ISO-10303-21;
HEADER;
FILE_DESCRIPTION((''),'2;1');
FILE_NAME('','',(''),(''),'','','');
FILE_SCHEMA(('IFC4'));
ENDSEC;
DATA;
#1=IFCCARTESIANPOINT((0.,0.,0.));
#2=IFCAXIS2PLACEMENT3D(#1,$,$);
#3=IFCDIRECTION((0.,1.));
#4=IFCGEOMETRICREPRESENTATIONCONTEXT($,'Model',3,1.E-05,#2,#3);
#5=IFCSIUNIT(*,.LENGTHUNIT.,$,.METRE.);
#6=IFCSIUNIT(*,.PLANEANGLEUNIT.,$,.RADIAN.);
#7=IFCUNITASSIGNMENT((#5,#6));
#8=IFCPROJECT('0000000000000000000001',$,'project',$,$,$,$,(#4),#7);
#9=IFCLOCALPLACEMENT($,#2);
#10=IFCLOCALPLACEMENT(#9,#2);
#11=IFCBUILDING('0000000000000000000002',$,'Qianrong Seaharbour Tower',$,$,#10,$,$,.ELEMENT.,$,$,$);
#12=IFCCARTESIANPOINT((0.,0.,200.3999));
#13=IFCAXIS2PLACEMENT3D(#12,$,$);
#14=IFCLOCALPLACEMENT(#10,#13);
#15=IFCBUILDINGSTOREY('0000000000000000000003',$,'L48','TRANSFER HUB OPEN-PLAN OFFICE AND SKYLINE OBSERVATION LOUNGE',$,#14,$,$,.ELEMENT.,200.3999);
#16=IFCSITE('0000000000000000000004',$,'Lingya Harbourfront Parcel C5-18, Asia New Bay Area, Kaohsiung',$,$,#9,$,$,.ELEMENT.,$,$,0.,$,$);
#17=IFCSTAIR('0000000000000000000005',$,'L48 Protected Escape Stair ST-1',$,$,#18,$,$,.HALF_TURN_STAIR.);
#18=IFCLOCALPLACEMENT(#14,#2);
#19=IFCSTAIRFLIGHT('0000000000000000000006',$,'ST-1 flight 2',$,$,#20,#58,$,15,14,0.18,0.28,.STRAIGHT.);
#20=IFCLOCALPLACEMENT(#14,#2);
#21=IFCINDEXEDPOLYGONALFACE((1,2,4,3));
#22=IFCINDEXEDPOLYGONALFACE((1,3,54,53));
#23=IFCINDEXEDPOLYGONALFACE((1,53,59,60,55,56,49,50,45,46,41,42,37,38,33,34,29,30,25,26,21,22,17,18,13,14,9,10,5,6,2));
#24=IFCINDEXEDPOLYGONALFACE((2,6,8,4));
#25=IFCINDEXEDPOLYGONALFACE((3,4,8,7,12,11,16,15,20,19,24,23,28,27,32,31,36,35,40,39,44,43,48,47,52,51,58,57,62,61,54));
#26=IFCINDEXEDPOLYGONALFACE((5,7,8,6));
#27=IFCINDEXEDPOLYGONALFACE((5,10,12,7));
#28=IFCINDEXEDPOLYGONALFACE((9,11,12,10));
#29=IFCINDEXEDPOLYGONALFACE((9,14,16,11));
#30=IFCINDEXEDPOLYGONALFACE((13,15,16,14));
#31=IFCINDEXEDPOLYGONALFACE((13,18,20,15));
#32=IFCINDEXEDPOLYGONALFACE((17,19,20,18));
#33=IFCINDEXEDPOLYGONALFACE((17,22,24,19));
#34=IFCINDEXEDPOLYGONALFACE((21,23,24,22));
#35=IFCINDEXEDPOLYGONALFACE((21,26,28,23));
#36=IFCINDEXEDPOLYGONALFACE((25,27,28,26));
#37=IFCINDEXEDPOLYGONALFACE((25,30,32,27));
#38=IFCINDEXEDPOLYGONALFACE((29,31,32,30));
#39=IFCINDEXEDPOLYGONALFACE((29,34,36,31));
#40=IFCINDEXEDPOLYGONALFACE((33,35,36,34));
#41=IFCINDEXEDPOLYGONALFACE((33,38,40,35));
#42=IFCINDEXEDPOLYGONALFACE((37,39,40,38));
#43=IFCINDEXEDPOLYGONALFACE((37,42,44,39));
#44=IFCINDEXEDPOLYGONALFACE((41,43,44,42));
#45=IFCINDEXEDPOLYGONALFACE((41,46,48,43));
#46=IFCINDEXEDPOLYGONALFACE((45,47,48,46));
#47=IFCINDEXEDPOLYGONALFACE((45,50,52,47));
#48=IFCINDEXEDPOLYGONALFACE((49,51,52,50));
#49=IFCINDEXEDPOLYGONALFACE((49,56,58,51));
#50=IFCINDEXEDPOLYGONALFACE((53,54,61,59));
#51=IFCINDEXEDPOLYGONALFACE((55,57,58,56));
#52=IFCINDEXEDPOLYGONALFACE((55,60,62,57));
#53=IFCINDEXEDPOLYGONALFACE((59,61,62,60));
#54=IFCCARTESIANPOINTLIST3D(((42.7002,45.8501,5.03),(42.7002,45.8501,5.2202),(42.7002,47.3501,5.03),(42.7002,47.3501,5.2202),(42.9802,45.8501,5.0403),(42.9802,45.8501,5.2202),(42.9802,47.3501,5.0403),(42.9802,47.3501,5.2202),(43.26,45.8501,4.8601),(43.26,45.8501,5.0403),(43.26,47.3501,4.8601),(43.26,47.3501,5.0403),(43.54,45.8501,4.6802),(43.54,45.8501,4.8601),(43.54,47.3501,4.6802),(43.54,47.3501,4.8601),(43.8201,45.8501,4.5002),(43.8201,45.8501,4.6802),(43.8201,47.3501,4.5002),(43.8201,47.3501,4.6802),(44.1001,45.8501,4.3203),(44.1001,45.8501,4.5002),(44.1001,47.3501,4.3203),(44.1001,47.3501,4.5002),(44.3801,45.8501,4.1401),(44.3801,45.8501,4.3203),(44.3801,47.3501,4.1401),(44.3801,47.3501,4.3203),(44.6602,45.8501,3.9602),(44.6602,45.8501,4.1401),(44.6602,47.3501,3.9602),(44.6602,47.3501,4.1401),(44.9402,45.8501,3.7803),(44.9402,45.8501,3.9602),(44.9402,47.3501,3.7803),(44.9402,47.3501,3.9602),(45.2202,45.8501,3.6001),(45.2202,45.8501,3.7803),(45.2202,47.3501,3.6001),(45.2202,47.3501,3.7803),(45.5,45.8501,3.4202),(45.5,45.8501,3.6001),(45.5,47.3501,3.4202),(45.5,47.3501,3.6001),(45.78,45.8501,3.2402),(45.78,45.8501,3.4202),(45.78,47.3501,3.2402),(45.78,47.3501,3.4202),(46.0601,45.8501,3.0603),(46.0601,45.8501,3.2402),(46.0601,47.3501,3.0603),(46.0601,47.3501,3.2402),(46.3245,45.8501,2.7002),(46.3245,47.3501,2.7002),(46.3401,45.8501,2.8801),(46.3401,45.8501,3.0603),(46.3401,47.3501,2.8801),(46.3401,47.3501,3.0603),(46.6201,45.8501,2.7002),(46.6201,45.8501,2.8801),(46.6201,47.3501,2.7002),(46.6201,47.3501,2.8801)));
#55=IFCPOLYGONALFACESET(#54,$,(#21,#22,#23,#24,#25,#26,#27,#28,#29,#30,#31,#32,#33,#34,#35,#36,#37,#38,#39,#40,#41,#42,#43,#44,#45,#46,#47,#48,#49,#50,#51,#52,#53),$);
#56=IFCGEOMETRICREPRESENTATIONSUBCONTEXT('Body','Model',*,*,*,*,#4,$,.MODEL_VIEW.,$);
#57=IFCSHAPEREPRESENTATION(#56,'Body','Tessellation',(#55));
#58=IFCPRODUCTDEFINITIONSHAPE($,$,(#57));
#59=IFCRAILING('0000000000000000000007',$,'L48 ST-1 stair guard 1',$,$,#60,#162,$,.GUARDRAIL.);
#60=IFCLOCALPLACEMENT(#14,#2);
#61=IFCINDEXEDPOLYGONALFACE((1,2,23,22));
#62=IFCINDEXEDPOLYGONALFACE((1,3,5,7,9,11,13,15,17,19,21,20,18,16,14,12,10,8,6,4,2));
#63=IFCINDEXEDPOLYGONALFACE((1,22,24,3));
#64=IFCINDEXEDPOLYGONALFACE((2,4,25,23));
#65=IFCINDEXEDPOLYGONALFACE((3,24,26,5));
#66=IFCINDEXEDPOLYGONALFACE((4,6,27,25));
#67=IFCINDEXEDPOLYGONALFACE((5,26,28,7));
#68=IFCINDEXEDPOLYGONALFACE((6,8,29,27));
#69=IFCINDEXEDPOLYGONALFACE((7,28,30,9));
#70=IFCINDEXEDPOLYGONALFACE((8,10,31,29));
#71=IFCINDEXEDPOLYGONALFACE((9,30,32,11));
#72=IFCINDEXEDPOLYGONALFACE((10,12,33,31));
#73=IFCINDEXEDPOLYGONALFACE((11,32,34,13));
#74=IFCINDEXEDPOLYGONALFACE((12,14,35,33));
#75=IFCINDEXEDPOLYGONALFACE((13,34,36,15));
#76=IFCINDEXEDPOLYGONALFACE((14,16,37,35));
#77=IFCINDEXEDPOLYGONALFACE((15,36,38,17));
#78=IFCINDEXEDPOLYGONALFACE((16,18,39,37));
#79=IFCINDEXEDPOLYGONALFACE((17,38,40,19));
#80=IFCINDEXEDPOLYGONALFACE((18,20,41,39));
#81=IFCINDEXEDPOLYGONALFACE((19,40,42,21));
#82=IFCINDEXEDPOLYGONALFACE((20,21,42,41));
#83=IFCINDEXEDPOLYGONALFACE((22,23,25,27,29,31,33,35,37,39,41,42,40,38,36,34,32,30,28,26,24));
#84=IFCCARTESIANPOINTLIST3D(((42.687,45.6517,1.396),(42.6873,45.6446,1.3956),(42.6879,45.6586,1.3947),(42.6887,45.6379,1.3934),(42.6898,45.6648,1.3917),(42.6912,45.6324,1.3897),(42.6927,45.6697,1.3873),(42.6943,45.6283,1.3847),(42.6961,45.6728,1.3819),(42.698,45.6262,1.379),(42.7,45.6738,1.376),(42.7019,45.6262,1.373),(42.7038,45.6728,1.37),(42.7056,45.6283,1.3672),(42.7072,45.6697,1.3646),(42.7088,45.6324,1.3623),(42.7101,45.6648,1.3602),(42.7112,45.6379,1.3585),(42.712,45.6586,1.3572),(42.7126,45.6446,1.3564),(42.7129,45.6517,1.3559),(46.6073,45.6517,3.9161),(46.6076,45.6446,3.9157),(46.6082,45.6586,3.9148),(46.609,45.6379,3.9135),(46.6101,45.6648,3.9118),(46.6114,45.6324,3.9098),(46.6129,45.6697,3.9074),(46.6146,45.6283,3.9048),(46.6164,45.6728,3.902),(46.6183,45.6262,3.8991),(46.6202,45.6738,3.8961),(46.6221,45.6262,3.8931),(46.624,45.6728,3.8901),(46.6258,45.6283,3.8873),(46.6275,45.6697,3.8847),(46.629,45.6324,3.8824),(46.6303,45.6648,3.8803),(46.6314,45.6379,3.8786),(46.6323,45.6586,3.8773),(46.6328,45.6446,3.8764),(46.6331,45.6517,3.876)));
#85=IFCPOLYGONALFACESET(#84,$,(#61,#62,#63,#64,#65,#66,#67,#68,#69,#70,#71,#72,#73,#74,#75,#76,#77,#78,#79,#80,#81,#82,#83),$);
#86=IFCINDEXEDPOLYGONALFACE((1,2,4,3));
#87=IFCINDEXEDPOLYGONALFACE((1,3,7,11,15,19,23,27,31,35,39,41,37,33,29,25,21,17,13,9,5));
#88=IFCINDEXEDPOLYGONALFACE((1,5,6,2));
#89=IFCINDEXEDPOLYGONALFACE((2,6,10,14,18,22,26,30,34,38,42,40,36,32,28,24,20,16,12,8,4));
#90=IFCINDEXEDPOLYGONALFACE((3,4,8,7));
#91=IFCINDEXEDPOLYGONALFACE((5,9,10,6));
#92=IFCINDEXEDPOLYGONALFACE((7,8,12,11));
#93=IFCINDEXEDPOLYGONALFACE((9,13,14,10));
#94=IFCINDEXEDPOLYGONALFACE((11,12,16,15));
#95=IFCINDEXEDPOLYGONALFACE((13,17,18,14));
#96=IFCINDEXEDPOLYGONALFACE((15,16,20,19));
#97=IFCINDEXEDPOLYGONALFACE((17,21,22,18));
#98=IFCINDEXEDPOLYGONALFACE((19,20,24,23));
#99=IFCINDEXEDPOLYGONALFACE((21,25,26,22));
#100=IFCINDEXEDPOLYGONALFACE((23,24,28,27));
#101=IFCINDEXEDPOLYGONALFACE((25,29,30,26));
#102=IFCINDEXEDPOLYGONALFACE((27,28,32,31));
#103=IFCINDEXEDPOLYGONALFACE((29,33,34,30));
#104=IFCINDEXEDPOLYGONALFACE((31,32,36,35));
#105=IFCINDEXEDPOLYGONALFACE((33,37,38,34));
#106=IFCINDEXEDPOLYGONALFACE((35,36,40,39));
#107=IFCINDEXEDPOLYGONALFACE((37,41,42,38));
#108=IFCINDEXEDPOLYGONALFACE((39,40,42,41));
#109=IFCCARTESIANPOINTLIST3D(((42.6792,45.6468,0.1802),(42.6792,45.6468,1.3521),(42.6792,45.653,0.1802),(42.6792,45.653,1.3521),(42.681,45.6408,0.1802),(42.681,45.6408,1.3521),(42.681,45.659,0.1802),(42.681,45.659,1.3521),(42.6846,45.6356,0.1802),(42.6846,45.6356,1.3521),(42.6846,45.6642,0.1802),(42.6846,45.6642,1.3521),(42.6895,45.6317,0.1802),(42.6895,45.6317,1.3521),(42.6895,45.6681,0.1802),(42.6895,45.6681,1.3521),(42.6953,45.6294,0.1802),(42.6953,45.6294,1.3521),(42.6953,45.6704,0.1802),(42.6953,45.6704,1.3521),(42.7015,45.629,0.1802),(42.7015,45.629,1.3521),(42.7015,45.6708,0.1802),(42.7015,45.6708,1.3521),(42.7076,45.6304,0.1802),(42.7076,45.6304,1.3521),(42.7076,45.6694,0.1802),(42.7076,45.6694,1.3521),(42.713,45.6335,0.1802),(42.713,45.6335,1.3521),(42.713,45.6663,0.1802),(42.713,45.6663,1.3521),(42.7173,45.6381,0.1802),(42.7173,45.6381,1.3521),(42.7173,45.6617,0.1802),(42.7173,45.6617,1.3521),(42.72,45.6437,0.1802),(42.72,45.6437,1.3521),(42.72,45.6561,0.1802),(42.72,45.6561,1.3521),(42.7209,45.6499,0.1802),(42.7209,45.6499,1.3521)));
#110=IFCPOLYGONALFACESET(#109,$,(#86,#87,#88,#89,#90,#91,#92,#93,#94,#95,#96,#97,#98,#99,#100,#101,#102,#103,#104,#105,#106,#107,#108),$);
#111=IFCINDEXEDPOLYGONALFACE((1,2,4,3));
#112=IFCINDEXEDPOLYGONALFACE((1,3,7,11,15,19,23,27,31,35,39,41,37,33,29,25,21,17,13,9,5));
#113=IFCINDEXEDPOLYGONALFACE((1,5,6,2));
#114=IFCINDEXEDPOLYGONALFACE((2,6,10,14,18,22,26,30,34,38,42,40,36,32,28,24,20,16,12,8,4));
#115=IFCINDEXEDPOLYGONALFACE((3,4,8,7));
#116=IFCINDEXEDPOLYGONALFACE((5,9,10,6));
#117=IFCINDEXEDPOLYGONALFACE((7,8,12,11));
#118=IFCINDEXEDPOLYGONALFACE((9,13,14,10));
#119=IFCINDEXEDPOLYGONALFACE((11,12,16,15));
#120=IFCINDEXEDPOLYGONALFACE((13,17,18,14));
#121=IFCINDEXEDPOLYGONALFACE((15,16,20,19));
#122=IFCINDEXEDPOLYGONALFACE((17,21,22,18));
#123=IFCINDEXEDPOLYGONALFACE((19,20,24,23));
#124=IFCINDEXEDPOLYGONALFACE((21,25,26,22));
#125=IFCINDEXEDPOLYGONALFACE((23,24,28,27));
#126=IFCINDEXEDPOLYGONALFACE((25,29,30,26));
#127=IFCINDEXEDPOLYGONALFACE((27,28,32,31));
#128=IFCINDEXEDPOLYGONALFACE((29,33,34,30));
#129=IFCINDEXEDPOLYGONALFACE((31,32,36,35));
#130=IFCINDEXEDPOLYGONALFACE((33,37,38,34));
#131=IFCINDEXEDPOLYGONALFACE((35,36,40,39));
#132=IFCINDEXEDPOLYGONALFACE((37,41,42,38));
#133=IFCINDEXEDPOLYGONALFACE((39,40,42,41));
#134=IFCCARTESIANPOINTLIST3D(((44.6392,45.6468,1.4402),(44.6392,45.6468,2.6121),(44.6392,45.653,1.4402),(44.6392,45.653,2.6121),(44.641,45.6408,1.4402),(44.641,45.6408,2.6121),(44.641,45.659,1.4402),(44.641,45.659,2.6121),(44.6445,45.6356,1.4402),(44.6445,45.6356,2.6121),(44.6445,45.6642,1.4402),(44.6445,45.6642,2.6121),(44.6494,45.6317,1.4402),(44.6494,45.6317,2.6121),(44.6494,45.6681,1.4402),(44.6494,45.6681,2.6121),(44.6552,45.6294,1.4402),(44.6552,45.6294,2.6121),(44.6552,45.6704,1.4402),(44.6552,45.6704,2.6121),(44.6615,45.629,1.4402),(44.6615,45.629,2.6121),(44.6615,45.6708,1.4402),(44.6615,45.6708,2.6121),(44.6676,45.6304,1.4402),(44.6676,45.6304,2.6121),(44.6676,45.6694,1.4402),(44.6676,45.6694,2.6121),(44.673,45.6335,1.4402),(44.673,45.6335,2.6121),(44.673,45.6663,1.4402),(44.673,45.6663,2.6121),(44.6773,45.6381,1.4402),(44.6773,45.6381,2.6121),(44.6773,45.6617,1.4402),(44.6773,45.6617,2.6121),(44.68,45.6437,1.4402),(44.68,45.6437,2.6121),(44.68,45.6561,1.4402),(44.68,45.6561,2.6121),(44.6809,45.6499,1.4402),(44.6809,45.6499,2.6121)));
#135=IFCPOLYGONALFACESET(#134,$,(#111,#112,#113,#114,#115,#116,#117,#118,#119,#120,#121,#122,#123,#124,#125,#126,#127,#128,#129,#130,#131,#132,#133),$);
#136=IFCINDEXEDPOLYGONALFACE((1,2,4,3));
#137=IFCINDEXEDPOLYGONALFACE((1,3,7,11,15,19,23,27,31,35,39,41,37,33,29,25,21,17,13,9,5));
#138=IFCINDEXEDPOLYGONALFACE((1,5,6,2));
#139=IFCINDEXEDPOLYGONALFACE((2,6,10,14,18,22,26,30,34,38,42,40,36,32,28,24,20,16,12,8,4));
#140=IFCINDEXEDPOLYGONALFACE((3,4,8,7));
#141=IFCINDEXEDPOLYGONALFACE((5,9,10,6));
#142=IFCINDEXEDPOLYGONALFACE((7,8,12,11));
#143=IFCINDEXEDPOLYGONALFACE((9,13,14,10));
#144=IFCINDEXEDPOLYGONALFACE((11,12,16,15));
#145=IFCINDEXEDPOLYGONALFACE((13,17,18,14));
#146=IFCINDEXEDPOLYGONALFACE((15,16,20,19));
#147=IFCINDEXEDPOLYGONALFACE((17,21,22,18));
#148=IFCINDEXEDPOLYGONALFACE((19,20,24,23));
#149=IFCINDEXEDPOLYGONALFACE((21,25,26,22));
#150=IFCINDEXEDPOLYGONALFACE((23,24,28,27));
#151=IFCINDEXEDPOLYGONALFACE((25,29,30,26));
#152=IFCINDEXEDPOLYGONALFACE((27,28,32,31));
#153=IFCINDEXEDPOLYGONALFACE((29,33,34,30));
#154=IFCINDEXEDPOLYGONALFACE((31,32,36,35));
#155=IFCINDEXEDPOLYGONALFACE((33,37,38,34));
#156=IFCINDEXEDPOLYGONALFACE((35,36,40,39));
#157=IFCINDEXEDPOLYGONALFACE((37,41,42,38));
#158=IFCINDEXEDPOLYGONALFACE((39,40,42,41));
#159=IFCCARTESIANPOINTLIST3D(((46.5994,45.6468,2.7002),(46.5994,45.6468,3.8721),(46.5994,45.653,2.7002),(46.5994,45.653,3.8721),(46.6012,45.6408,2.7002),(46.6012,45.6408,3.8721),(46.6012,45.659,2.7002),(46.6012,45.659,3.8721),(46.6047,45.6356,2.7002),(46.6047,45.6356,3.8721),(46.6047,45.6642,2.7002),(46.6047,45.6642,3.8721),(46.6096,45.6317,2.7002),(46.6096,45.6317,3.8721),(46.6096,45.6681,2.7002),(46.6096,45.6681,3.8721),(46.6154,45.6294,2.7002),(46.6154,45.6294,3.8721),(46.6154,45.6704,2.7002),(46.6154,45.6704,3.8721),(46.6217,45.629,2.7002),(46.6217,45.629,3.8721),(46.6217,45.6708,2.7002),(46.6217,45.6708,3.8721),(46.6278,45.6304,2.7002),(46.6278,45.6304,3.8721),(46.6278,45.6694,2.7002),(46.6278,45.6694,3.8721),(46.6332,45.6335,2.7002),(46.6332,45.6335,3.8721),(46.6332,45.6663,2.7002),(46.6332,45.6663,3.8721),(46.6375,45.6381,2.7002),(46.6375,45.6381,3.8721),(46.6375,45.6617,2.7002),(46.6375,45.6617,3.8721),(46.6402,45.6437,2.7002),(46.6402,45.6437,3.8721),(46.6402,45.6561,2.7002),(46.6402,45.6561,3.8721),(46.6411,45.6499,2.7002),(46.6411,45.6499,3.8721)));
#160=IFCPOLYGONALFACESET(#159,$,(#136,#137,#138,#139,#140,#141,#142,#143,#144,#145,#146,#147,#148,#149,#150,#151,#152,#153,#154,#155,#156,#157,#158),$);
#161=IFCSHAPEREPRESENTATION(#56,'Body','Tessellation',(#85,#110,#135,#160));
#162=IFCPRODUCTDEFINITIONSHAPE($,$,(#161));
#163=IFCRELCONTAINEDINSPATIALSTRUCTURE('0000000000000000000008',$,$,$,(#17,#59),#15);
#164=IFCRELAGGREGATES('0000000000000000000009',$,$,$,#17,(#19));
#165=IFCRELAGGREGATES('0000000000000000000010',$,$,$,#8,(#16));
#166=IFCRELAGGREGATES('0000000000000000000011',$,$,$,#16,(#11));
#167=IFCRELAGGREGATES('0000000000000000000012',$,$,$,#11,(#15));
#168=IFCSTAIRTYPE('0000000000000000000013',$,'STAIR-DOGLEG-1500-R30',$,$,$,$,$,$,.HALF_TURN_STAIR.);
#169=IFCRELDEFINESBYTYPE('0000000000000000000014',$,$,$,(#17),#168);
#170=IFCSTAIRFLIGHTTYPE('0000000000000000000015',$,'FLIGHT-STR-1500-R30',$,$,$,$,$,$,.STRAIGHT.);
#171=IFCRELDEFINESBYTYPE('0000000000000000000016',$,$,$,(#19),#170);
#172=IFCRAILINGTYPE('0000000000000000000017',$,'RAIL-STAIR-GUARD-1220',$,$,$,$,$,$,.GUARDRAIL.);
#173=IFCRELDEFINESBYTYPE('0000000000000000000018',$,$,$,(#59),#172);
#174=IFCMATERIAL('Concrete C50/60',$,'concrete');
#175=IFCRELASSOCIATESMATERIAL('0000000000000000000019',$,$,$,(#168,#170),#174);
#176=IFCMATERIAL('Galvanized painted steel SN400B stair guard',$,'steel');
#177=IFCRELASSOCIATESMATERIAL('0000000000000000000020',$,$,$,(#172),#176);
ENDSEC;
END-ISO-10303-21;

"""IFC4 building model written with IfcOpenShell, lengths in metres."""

from ifc_helpers import new_model, si_unit, direction, frame, origin, origin_2d, place, context, subcontext, project, spatial, polyline, circle, outline, extrude, material, type_object, element, aggregate, save


model = new_model("IFC4")

# Units and contexts
model_context = context("Model", 3, precision=1e-05, world=origin(), true_north=direction((0.0, 1.0)))
body_context = subcontext(model_context, "Body", "Model", "MODEL_VIEW")
ifc_project = project(units=[si_unit("LENGTHUNIT", "METRE"), si_unit("PLANEANGLEUNIT", "RADIAN")], contexts=[model_context])

# Site, building, storey
site_placement = place(None, origin())
site = spatial("IfcSite", under=ifc_project, at=site_placement, Name="Lingya Harbourfront Parcel C5-18, Asia New Bay Area, Kaohsiung", CompositionType="ELEMENT", RefElevation=0.0)
building_placement = place(site_placement, origin())
building = spatial("IfcBuilding", under=site, at=building_placement, Name="Qianrong Seaharbour Tower", CompositionType="ELEMENT")
storey_placement = place(building_placement, frame((0.0, 0.0, 200.3999)))
storey = spatial("IfcBuildingStorey", under=building, at=storey_placement, Name="L48", Description="TRANSFER HUB OPEN-PLAN OFFICE AND SKYLINE OBSERVATION LOUNGE", CompositionType="ELEMENT", Elevation=200.3999)

# Shared definitions
ifc_material_1 = material(Name="Concrete C50/60", Category="concrete")

# Stair, stair flight
stair_type = type_object("IfcStairType", Name="STAIR-DOGLEG-1500-R30", PredefinedType="HALF_TURN_STAIR", material=ifc_material_1)
stair_placement = place(storey_placement, origin())
stair = element("IfcStair", 1, at=stair_placement, inside=storey, type_object=stair_type, Name="L48 Protected Escape Stair ST-1", PredefinedType="HALF_TURN_STAIR")
stair_flight_type = type_object("IfcStairFlightType", Name="FLIGHT-STR-1500-R30", PredefinedType="STRAIGHT", material=ifc_material_1)
stair_flight_1_placement = place(storey_placement, frame((46.6201, 46.6001, 2.7002), z_axis=(0.0, 0.0, 1.0), x_axis=(-1.0, 0.0, 0.0)))
stair_flight_1 = element("IfcStairFlight", 2, at=stair_flight_1_placement, type_object=stair_flight_type, Name="ST-1 flight 2", NumberOfRisers=15, NumberOfTreads=14, PredefinedType="STRAIGHT", RiserHeight=0.18, TreadLength=0.28, context=body_context, shape_type="SweptSolid", body=[
    extrude(outline(polyline([(0.0, 0.0), (0.0, 0.1799), (0.28, 0.1799), (0.28, 0.3601), (0.5601, 0.3601), (0.5601, 0.54), (0.8401, 0.54), (0.8401, 0.72), (1.1201, 0.72), (1.1201, 0.8999), (1.3999, 0.8999), (1.3999, 1.0801), (1.6799, 1.0801), (1.6799, 1.26), (1.96, 1.26), (1.96, 1.4399), (2.24, 1.4399), (2.24, 1.6201), (2.52, 1.6201), (2.52, 1.8), (2.8, 1.8), (2.8, 1.98), (3.0801, 1.98), (3.0801, 2.1599), (3.3601, 2.1599), (3.3601, 2.3401), (3.6399, 2.3401), (3.6399, 2.52), (3.9199, 2.52), (3.9199, 2.7), (3.9199, 2.3298), (0.2957, 0.0), (0.0, 0.0)])), frame((0.0, 0.75, 0.0), z_axis=(0.0, -1.0, 0.0), x_axis=(1.0, 0.0, 0.0)), (0.0, 0.0, 1.0), 1.5),
])
aggregate(stair, [stair_flight_1])

# Railing
ifc_material_2 = material(Name="Galvanized painted steel SN400B stair guard", Category="steel")
railing_type_1 = type_object("IfcRailingType", Name="RAIL-STAIR-GUARD-1220", PredefinedType="GUARDRAIL", material=ifc_material_2)
railing_1_placement = place(storey_placement, frame((42.7, 45.6499, 0.1802)))
element("IfcRailing", 3, at=railing_1_placement, inside=storey, type_object=railing_type_1, Name="L48 ST-1 stair guard 1", PredefinedType="GUARDRAIL", context=body_context, shape_type="SweptSolid", body=[
    extrude(circle(Radius=0.0239, at=origin_2d()), frame((0.0, 0.0, 1.1958), z_axis=(0.841187, 0.0, 0.540744), x_axis=(0.0, 1.0, 0.0)), (0.0, 0.0, 1.0), 4.6604),
    extrude(circle(Radius=0.021, at=origin_2d()), origin(), (0.0, 0.0, 1.0), 1.1719),
    extrude(circle(Radius=0.021, at=origin_2d()), frame((1.96, 0.0, 1.26)), (0.0, 0.0, 1.0), 1.1719),
    extrude(circle(Radius=0.021, at=origin_2d()), frame((3.9202, 0.0, 2.52)), (0.0, 0.0, 1.0), 1.1719),
])

save(model, "model.ifc")
